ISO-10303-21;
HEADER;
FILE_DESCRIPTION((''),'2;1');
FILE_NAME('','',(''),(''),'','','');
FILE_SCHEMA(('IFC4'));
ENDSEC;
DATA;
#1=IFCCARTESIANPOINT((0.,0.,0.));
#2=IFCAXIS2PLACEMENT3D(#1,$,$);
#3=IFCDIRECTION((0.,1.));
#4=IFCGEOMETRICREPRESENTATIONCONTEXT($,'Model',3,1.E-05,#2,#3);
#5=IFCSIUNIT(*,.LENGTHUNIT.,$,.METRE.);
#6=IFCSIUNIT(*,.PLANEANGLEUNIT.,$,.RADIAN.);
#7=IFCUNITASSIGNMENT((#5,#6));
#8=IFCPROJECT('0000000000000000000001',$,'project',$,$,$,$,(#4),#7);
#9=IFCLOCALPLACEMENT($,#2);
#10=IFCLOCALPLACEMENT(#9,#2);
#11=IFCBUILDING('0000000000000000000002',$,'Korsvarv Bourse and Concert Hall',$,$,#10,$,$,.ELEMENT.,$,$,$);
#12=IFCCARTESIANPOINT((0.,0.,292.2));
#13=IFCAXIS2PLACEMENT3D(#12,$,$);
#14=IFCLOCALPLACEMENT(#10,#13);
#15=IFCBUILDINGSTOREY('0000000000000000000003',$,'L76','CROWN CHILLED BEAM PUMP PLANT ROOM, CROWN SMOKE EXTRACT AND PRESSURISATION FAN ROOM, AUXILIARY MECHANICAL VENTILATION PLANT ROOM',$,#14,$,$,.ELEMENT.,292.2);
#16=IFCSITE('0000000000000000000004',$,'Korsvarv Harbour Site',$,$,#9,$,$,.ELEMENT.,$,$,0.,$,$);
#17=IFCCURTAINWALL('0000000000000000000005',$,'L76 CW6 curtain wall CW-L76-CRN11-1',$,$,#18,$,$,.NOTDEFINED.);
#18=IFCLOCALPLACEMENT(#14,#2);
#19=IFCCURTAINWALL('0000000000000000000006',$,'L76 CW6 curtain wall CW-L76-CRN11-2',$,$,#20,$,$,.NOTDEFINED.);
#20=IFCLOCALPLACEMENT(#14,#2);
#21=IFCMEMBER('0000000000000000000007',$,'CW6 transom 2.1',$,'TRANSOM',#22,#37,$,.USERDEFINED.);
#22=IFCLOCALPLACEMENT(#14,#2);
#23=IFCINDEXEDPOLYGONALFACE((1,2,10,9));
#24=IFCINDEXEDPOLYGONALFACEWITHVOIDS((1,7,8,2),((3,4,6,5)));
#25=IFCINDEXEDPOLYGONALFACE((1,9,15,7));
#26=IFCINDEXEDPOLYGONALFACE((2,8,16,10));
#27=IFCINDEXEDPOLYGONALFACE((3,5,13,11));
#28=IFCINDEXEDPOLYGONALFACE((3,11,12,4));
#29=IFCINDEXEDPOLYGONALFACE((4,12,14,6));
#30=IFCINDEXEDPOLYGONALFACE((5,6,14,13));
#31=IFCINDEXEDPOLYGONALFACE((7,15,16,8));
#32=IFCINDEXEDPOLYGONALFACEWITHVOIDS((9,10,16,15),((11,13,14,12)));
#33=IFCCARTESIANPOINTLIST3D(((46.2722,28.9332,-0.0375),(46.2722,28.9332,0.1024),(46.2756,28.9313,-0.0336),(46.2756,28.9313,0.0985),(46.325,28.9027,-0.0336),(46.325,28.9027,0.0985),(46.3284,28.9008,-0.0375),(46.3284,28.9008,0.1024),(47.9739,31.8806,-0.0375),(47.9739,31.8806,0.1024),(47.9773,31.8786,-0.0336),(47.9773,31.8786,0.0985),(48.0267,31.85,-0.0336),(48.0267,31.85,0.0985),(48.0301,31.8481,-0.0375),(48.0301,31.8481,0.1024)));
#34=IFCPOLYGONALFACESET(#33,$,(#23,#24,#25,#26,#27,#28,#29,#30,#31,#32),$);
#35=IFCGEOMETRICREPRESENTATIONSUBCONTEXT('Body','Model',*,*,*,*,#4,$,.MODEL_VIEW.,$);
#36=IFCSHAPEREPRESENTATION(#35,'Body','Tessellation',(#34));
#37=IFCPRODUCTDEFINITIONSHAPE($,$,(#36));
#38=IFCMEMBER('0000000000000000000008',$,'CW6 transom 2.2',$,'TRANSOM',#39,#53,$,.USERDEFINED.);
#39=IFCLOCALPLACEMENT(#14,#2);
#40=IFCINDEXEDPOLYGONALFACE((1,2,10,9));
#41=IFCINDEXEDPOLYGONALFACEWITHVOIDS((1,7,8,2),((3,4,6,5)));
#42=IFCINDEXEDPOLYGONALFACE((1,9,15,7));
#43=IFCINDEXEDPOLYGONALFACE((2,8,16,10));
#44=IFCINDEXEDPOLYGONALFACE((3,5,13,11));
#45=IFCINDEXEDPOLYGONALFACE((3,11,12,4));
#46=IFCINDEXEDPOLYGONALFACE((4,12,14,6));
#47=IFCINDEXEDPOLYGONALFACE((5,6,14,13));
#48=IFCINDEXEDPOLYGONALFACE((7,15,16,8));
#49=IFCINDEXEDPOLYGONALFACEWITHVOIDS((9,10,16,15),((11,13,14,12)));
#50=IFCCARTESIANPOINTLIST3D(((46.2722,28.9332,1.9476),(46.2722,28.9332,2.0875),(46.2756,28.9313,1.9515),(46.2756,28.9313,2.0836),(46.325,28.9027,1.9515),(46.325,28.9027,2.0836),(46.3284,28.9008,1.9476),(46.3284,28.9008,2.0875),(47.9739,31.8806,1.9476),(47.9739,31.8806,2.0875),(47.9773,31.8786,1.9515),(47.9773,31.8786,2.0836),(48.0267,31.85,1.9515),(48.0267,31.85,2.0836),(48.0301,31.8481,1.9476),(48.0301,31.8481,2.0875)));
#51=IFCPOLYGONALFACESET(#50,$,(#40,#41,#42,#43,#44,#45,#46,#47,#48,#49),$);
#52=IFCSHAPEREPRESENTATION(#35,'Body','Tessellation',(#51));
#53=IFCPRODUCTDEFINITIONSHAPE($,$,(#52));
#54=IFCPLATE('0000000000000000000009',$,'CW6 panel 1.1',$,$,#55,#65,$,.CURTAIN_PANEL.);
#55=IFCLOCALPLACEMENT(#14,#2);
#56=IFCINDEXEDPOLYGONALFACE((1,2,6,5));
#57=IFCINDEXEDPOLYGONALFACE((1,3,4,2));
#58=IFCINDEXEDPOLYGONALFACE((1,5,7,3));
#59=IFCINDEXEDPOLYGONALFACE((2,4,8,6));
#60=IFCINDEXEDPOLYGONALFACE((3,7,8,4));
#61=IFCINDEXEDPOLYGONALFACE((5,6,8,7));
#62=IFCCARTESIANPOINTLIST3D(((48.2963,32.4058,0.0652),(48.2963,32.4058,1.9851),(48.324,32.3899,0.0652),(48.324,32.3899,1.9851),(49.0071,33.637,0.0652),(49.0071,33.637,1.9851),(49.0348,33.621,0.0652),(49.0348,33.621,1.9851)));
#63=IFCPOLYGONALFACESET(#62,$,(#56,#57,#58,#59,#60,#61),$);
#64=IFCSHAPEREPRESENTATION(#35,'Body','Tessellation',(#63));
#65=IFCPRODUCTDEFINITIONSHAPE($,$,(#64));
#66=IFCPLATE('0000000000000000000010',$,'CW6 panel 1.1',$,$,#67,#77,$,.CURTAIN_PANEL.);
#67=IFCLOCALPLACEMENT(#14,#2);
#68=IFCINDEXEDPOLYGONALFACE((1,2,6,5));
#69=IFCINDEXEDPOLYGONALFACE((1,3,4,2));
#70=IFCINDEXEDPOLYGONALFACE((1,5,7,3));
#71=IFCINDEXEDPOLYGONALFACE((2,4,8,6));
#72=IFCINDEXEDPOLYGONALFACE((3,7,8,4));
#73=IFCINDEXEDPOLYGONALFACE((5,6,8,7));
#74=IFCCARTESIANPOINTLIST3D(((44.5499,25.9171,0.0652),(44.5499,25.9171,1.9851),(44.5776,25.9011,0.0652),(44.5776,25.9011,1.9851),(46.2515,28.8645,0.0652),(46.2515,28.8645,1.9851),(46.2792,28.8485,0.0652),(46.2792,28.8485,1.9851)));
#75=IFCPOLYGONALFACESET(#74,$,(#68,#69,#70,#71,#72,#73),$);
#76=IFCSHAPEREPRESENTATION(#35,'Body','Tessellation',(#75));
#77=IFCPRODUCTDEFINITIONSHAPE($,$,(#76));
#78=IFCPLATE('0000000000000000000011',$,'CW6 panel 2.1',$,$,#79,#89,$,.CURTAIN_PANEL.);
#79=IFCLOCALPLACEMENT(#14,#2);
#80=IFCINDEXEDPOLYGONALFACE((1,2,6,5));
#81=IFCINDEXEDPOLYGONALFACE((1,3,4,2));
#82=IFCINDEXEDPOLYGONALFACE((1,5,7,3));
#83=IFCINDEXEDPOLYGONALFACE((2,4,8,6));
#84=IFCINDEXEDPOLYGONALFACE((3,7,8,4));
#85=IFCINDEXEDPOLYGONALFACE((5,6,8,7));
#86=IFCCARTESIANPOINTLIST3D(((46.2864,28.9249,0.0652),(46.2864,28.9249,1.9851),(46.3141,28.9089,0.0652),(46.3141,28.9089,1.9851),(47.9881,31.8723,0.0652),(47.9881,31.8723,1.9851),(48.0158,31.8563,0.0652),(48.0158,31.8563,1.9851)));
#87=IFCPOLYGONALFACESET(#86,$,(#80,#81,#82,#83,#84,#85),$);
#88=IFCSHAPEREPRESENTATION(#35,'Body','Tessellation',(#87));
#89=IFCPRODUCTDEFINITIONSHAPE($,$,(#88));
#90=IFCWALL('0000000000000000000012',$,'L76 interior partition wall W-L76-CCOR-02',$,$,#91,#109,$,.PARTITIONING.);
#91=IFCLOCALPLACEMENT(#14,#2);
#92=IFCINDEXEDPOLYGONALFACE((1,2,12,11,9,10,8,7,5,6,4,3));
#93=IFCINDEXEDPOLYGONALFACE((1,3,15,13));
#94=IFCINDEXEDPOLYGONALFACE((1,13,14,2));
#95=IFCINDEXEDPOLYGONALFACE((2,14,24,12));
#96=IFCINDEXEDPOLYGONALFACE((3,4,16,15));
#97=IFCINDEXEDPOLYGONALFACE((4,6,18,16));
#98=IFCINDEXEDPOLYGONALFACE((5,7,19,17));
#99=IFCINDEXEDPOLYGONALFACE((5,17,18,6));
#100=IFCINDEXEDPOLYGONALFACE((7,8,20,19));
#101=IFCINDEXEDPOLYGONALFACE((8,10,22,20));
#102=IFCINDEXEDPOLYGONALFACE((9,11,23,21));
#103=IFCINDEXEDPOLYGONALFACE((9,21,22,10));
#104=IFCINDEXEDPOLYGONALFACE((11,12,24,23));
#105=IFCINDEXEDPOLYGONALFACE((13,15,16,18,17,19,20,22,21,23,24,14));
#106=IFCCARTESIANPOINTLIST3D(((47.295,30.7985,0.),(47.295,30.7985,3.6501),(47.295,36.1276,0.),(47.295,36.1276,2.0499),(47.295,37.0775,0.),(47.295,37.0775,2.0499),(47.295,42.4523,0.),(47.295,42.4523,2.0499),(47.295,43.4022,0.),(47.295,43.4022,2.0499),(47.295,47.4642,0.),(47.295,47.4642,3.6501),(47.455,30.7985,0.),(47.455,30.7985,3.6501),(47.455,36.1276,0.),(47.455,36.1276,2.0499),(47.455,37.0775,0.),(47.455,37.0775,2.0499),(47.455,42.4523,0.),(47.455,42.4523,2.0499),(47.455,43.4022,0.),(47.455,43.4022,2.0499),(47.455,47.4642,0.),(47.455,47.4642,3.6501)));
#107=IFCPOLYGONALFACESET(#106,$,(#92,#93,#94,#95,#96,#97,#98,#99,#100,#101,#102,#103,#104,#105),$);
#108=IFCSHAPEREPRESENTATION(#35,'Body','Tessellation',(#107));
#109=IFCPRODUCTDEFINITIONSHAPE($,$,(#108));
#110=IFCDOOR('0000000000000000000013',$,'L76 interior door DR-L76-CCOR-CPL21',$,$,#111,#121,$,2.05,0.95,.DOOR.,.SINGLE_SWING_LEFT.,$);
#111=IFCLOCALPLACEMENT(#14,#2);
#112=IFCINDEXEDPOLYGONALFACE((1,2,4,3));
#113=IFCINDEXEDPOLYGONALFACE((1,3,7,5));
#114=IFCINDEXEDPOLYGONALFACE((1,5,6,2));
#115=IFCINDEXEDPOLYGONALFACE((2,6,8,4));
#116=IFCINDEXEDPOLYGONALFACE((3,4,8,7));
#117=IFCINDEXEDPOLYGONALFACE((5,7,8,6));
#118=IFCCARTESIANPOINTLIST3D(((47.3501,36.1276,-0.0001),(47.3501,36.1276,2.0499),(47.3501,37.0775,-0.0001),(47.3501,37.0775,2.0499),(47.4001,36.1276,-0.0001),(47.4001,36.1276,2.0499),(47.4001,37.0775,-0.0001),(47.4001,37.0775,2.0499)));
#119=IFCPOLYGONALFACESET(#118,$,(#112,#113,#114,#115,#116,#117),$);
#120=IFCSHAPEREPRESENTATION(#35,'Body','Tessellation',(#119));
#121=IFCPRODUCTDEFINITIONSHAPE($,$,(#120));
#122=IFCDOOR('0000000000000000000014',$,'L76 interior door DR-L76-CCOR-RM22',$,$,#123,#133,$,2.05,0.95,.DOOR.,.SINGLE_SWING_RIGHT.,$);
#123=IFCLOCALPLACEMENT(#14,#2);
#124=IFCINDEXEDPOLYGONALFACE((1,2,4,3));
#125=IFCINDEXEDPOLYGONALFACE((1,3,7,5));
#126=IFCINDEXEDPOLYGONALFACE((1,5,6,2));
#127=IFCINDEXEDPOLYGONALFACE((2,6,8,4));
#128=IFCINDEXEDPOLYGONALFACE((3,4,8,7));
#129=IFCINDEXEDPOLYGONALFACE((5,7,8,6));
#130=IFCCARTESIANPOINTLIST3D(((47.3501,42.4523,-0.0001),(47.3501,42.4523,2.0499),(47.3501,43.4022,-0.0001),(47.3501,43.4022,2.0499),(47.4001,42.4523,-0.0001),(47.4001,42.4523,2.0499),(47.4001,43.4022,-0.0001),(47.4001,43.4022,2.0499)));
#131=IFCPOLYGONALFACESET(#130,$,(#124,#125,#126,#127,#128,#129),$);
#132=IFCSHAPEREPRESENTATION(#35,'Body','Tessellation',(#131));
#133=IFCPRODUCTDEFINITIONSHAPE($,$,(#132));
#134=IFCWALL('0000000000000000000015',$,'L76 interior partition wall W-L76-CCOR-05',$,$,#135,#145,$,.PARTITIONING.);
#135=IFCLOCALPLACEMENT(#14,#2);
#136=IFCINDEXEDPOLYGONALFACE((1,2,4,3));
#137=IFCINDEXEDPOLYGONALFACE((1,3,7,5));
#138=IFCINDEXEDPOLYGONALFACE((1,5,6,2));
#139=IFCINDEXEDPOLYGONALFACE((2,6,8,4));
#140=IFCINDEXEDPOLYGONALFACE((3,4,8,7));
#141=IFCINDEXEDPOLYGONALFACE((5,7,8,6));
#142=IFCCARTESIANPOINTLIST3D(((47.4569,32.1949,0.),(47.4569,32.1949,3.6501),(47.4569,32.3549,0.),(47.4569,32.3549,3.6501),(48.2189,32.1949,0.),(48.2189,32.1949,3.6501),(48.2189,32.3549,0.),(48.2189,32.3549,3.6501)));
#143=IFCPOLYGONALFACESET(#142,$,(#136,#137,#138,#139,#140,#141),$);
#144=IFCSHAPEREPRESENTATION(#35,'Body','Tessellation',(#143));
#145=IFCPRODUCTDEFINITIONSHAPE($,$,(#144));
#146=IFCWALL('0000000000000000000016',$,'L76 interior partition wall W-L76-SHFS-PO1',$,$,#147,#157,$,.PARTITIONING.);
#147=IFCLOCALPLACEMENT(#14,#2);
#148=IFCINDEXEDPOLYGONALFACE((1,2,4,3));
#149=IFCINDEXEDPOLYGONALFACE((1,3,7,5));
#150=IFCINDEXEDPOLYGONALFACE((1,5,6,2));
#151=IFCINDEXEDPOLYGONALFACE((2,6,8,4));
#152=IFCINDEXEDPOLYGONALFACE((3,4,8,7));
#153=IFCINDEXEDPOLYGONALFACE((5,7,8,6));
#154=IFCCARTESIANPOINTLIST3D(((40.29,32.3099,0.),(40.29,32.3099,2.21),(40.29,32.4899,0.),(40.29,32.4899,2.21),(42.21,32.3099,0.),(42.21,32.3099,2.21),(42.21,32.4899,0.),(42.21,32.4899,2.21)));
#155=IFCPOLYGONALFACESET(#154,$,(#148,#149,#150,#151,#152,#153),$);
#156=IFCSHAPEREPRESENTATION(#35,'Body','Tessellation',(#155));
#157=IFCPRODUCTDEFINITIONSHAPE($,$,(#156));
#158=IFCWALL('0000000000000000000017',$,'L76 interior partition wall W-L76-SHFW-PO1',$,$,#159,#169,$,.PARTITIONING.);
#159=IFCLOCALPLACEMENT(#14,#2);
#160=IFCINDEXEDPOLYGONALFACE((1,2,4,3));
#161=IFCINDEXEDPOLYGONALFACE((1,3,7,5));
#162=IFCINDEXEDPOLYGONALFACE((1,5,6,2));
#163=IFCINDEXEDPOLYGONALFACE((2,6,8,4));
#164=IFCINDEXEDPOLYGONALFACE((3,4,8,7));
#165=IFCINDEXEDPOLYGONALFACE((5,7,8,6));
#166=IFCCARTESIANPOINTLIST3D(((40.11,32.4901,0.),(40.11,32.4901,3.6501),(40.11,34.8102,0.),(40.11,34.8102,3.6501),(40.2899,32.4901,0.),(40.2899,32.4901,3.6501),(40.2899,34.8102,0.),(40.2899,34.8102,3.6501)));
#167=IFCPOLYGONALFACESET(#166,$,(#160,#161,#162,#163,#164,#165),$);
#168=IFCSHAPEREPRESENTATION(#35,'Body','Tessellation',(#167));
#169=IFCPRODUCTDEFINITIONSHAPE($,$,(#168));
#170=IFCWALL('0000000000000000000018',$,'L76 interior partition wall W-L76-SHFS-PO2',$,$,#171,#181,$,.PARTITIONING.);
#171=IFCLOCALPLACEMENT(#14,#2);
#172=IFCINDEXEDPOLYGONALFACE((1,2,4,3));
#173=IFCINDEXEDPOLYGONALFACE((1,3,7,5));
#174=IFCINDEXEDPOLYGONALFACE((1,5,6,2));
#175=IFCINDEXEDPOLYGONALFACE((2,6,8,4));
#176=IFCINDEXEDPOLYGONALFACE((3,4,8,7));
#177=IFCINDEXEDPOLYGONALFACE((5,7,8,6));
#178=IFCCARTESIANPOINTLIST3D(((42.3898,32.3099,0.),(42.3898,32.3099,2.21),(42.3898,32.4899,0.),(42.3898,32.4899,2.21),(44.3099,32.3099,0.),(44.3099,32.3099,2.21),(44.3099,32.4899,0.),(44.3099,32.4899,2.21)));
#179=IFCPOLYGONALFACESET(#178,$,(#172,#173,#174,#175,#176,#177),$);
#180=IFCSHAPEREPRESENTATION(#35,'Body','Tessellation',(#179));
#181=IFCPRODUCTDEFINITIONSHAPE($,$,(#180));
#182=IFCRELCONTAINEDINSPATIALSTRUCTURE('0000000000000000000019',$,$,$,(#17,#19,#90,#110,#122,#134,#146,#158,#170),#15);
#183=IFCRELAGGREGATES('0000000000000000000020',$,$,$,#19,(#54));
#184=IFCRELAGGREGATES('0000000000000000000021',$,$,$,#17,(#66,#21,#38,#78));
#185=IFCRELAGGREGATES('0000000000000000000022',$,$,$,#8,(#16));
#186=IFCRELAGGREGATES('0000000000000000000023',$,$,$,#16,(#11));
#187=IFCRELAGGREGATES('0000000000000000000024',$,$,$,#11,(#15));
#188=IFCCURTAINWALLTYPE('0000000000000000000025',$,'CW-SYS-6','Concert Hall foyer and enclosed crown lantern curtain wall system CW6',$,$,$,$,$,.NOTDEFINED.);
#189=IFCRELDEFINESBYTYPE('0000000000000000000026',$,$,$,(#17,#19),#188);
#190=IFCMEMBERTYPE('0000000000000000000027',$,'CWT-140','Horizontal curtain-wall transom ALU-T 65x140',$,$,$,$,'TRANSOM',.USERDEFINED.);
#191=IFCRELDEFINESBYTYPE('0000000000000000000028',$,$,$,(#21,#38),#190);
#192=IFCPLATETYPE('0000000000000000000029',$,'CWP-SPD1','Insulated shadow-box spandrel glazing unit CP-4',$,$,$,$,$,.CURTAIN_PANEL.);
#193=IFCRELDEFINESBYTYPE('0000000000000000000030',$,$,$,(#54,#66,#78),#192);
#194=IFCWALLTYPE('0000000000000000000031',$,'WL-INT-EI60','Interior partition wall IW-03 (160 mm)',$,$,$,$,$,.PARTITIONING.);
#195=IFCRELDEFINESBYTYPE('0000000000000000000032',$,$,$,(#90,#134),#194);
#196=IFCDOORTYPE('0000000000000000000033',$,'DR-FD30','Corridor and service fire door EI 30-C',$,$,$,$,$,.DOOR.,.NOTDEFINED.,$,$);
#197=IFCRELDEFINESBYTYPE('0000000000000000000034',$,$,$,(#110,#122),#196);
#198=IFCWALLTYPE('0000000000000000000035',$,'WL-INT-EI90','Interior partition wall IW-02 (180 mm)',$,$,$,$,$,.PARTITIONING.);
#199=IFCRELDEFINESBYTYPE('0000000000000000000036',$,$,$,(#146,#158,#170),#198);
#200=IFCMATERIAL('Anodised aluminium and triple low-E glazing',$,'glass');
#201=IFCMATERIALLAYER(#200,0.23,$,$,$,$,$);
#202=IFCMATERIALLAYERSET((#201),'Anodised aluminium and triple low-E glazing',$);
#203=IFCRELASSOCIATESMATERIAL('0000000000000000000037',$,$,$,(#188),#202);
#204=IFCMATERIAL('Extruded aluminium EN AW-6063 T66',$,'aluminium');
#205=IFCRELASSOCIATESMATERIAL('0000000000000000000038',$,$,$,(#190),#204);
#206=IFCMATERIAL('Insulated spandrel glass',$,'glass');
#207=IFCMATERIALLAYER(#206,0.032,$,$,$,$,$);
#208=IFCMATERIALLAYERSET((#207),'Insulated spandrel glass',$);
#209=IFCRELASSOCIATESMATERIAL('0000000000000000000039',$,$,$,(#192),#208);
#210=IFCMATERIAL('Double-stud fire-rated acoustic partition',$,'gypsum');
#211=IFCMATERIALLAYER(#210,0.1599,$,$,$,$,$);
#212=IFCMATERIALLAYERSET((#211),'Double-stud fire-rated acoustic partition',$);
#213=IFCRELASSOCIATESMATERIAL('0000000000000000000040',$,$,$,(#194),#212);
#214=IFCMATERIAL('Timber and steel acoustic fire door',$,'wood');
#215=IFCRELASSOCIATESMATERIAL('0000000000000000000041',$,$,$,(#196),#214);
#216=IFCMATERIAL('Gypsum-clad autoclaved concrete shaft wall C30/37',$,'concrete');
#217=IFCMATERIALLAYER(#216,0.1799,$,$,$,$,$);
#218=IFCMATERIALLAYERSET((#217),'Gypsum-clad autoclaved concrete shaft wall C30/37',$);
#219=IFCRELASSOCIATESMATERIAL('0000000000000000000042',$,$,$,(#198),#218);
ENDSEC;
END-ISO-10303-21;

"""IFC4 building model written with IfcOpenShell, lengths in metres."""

from ifc_helpers import new_model, si_unit, direction, frame, frame_2d, origin, origin_2d, place, context, subcontext, project, spatial, rectangle, hollow_rectangle, extrude, source, transform, mapped, material, layer, layer_set, material_profile, profile_set, type_object, element, fill, aggregate, save


model = new_model("IFC4")

# Units and contexts
model_context = context("Model", 3, precision=1e-05, world=origin(), true_north=direction((0.0, 1.0)))
body_context = subcontext(model_context, "Body", "Model", "MODEL_VIEW")
ifc_project = project(units=[si_unit("LENGTHUNIT", "METRE"), si_unit("PLANEANGLEUNIT", "RADIAN")], contexts=[model_context])

# Site, building, storey
site_placement = place(None, origin())
site = spatial("IfcSite", under=ifc_project, at=site_placement, Name="Korsvarv Harbour Site", CompositionType="ELEMENT", RefElevation=0.0)
building_placement = place(site_placement, origin())
building = spatial("IfcBuilding", under=site, at=building_placement, Name="Korsvarv Bourse and Concert Hall", CompositionType="ELEMENT")
storey_placement = place(building_placement, frame((0.0, 0.0, 292.2)))
storey = spatial("IfcBuildingStorey", under=building, at=storey_placement, Name="L76", Description="CROWN CHILLED BEAM PUMP PLANT ROOM, CROWN SMOKE EXTRACT AND PRESSURISATION FAN ROOM, AUXILIARY MECHANICAL VENTILATION PLANT ROOM", CompositionType="ELEMENT", Elevation=292.2)

# Curtain walls
ifc_material_1 = material(Name="Anodised aluminium and triple low-E glazing", Category="glass")
ifc_layer_1 = layer(ifc_material_1, 0.23)
ifc_layer_set_1 = layer_set([ifc_layer_1], Name="Anodised aluminium and triple low-E glazing")
curtain_wall_type = type_object("IfcCurtainWallType", Name="CW-SYS-6", Description="Concert Hall foyer and enclosed crown lantern curtain wall system CW6", PredefinedType="NOTDEFINED", material=ifc_layer_set_1)
curtain_wall_1_placement = place(storey_placement, origin())
curtain_wall_1 = element("IfcCurtainWall", 1, at=curtain_wall_1_placement, inside=storey, type_object=curtain_wall_type, Name="L76 CW6 curtain wall CW-L76-CRN11-1", PredefinedType="NOTDEFINED")
ifc_material_2 = material(Name="Extruded aluminium EN AW-6063 T66", Category="aluminium")
curtain_wall_2_placement = place(storey_placement, origin())
curtain_wall_2 = element("IfcCurtainWall", 2, at=curtain_wall_2_placement, inside=storey, type_object=curtain_wall_type, Name="L76 CW6 curtain wall CW-L76-CRN11-2", PredefinedType="NOTDEFINED")
ifc_material_profile_1 = material_profile(ifc_material_2, hollow_rectangle(XDim=0.0649, YDim=0.1399, WallThickness=0.0039, at=origin_2d()), Name="ALU-T 65x140")
ifc_profile_set_1 = profile_set([ifc_material_profile_1], Name="Extruded aluminium EN AW-6063 T66")
member_type_1 = type_object("IfcMemberType", Name="CWT-140", Description="Horizontal curtain-wall transom ALU-T 65x140", ElementType="TRANSOM", PredefinedType="USERDEFINED", material=ifc_profile_set_1)

# Members
shared_shape_1 = source(origin(), body_context, "Body", "SweptSolid", [
    extrude(hollow_rectangle(XDim=0.0649, YDim=0.1399, WallThickness=0.0039, at=origin_2d()), origin(), (0.0, 0.0, 1.0), 3.4033),
])
member_1_placement = place(storey_placement, frame((46.3003, 28.917, 0.0325), z_axis=(0.500012, 0.866018, 0.0), x_axis=(-0.866018, 0.500012, 0.0)))
member_1 = element("IfcMember", 3, at=member_1_placement, type_object=member_type_1, Name="CW6 transom 2.1", ObjectType="TRANSOM", PredefinedType="USERDEFINED", context=body_context, shape_type="MappedRepresentation", body=[
    mapped(shared_shape_1, transform((0.0, 0.0, 0.0), scale=1.0)),
])
member_2_placement = place(storey_placement, frame((46.3003, 28.917, 2.0176), z_axis=(0.500012, 0.866018, 0.0), x_axis=(-0.866018, 0.500012, 0.0)))
member_2 = element("IfcMember", 4, at=member_2_placement, type_object=member_type_1, Name="CW6 transom 2.2", ObjectType="TRANSOM", PredefinedType="USERDEFINED", context=body_context, shape_type="MappedRepresentation", body=[
    mapped(shared_shape_1, transform((0.0, 0.0, 0.0), scale=1.0)),
])

# Plates
ifc_material_3 = material(Name="Insulated spandrel glass", Category="glass")
ifc_layer_2 = layer(ifc_material_3, 0.032)
ifc_layer_set_2 = layer_set([ifc_layer_2], Name="Insulated spandrel glass")
plate_type = type_object("IfcPlateType", Name="CWP-SPD1", Description="Insulated shadow-box spandrel glazing unit CP-4", PredefinedType="CURTAIN_PANEL", material=ifc_layer_set_2)
shared_shape_2 = source(origin(), body_context, "Body", "SweptSolid", [
    extrude(rectangle(XDim=1.4216, YDim=0.032, at=origin_2d()), origin(), (0.0, 0.0, 1.0), 1.9199),
])
plate_1_placement = place(storey_placement, frame((48.6655, 33.0134, 0.0652), z_axis=(0.0, 0.0, 1.0), x_axis=(0.500016, 0.866016, 0.0)))
plate_1 = element("IfcPlate", 5, at=plate_1_placement, type_object=plate_type, Name="CW6 panel 1.1", PredefinedType="CURTAIN_PANEL", context=body_context, shape_type="MappedRepresentation", body=[
    mapped(shared_shape_2, transform((0.0, 0.0, 0.0), scale=1.0)),
])
aggregate(curtain_wall_2, [plate_1])
shared_shape_3 = source(origin(), body_context, "Body", "SweptSolid", [
    extrude(rectangle(XDim=3.4033, YDim=0.032, at=origin_2d()), origin(), (0.0, 0.0, 1.0), 1.9199),
])
plate_2_placement = place(storey_placement, frame((45.4146, 27.3828, 0.0652), z_axis=(0.0, 0.0, 1.0), x_axis=(0.499997, 0.866027, 0.0)))
plate_2 = element("IfcPlate", 6, at=plate_2_placement, type_object=plate_type, Name="CW6 panel 1.1", PredefinedType="CURTAIN_PANEL", context=body_context, shape_type="MappedRepresentation", body=[
    mapped(shared_shape_3, transform((0.0, 0.0, 0.0), scale=1.0)),
])
plate_3_placement = place(storey_placement, frame((47.1511, 30.3906, 0.0652), z_axis=(0.0, 0.0, 1.0), x_axis=(0.499997, 0.866027, 0.0)))
plate_3 = element("IfcPlate", 7, at=plate_3_placement, type_object=plate_type, Name="CW6 panel 2.1", PredefinedType="CURTAIN_PANEL", context=body_context, shape_type="MappedRepresentation", body=[
    mapped(shared_shape_3, transform((0.0, 0.0, 0.0), scale=1.0)),
])
aggregate(curtain_wall_1, [plate_2, member_1, member_2, plate_3])

# Wall, openings, doors
ifc_material_4 = material(Name="Double-stud fire-rated acoustic partition", Category="gypsum")
ifc_layer_3 = layer(ifc_material_4, 0.1599)
ifc_layer_set_3 = layer_set([ifc_layer_3], Name="Double-stud fire-rated acoustic partition")
wall_type_1 = type_object("IfcWallType", Name="WL-INT-EI60", Description="Interior partition wall IW-03 (160 mm)", PredefinedType="PARTITIONING", material=ifc_layer_set_3)
wall_1_placement = place(storey_placement, frame((47.375, 30.7983, 0.0), z_axis=(0.0, 0.0, 1.0), x_axis=(0.0, 1.0, 0.0)))
wall_1 = element("IfcWall", 8, at=wall_1_placement, inside=storey, type_object=wall_type_1, Name="L76 interior partition wall W-L76-CCOR-02", PredefinedType="PARTITIONING", context=body_context, shape_type="SweptSolid", body=[
    extrude(rectangle(XDim=16.6658, YDim=0.1599, at=frame_2d((8.333, 0.0))), origin(), (0.0, 0.0, 1.0), 3.6501),
])
opening_1_placement = place(wall_1_placement, frame((5.3291, 0.0, 0.0)))
opening_1 = element("IfcOpeningElement", 9, at=opening_1_placement, cuts=wall_1, PredefinedType="OPENING", context=body_context, shape_type="SweptSolid", body=[
    extrude(rectangle(XDim=0.95, YDim=2.05, at=frame_2d((0.4751, 1.0249))), frame((0.0, 0.0898, 0.0), z_axis=(0.0, -1.0, 0.0), x_axis=(1.0, 0.0, 0.0)), (0.0, 0.0, 1.0), 0.1799),
])
opening_2_placement = place(wall_1_placement, frame((11.6538, 0.0, 0.0)))
opening_2 = element("IfcOpeningElement", 10, at=opening_2_placement, cuts=wall_1, PredefinedType="OPENING", context=body_context, shape_type="SweptSolid", body=[
    extrude(rectangle(XDim=0.95, YDim=2.05, at=frame_2d((0.4751, 1.0249))), frame((0.0, 0.0898, 0.0), z_axis=(0.0, -1.0, 0.0), x_axis=(1.0, 0.0, 0.0)), (0.0, 0.0, 1.0), 0.1799),
])
ifc_material_5 = material(Name="Timber and steel acoustic fire door", Category="wood")
door_type = type_object("IfcDoorType", Name="DR-FD30", Description="Corridor and service fire door EI 30-C", OperationType="NOTDEFINED", PredefinedType="DOOR", material=ifc_material_5)
door_1_placement = place(opening_1_placement, origin())
door_1 = element("IfcDoor", 11, at=door_1_placement, inside=storey, type_object=door_type, Name="L76 interior door DR-L76-CCOR-CPL21", OperationType="SINGLE_SWING_LEFT", OverallHeight=2.05, OverallWidth=0.95, PredefinedType="DOOR", context=body_context, shape_type="SweptSolid", body=[
    extrude(rectangle(XDim=0.95, YDim=2.05, at=frame_2d((0.4751, 1.0249))), frame((0.0, 0.0249, 0.0), z_axis=(0.0, -1.0, 0.0), x_axis=(1.0, 0.0, 0.0)), (0.0, 0.0, 1.0), 0.05),
])
fill(opening_1, door_1)
door_2_placement = place(opening_2_placement, origin())
door_2 = element("IfcDoor", 12, at=door_2_placement, inside=storey, type_object=door_type, Name="L76 interior door DR-L76-CCOR-RM22", OperationType="SINGLE_SWING_RIGHT", OverallHeight=2.05, OverallWidth=0.95, PredefinedType="DOOR", context=body_context, shape_type="SweptSolid", body=[
    extrude(rectangle(XDim=0.95, YDim=2.05, at=frame_2d((0.4751, 1.0249))), frame((0.0, 0.0249, 0.0), z_axis=(0.0, -1.0, 0.0), x_axis=(1.0, 0.0, 0.0)), (0.0, 0.0, 1.0), 0.05),
])
fill(opening_2, door_2)

# Walls
wall_2_placement = place(storey_placement, frame((47.457, 32.2749, 0.0), z_axis=(0.0, 0.0, 1.0), x_axis=(1.0, 0.0, 0.0)))
element("IfcWall", 13, at=wall_2_placement, inside=storey, type_object=wall_type_1, Name="L76 interior partition wall W-L76-CCOR-05", PredefinedType="PARTITIONING", context=body_context, shape_type="SweptSolid", body=[
    extrude(rectangle(XDim=0.762, YDim=0.1599, at=frame_2d((0.3809, 0.0))), origin(), (0.0, 0.0, 1.0), 3.6501),
])
ifc_material_6 = material(Name="Gypsum-clad autoclaved concrete shaft wall C30/37", Category="concrete")
ifc_layer_4 = layer(ifc_material_6, 0.1799)
ifc_layer_set_4 = layer_set([ifc_layer_4], Name="Gypsum-clad autoclaved concrete shaft wall C30/37")
wall_type_2 = type_object("IfcWallType", Name="WL-INT-EI90", Description="Interior partition wall IW-02 (180 mm)", PredefinedType="PARTITIONING", material=ifc_layer_set_4)
wall_3_placement = place(storey_placement, frame((40.29, 32.3999, 0.0), z_axis=(0.0, 0.0, 1.0), x_axis=(1.0, 0.0, 0.0)))
element("IfcWall", 14, at=wall_3_placement, inside=storey, type_object=wall_type_2, Name="L76 interior partition wall W-L76-SHFS-PO1", PredefinedType="PARTITIONING", context=body_context, shape_type="SweptSolid", body=[
    extrude(rectangle(XDim=1.9199, YDim=0.1799, at=frame_2d((0.96, 0.0))), origin(), (0.0, 0.0, 1.0), 2.21),
])
wall_4_placement = place(storey_placement, frame((40.2, 32.49, 0.0), z_axis=(0.0, 0.0, 1.0), x_axis=(0.0, 1.0, 0.0)))
element("IfcWall", 15, at=wall_4_placement, inside=storey, type_object=wall_type_2, Name="L76 interior partition wall W-L76-SHFW-PO1", PredefinedType="PARTITIONING", context=body_context, shape_type="SweptSolid", body=[
    extrude(rectangle(XDim=2.3201, YDim=0.1799, at=frame_2d((1.1602, 0.0))), origin(), (0.0, 0.0, 1.0), 3.6501),
])
wall_5_placement = place(storey_placement, frame((42.3899, 32.3999, 0.0), z_axis=(0.0, 0.0, 1.0), x_axis=(1.0, 0.0, 0.0)))
element("IfcWall", 16, at=wall_5_placement, inside=storey, type_object=wall_type_2, Name="L76 interior partition wall W-L76-SHFS-PO2", PredefinedType="PARTITIONING", context=body_context, shape_type="SweptSolid", body=[
    extrude(rectangle(XDim=1.9202, YDim=0.1799, at=frame_2d((0.96, 0.0))), origin(), (0.0, 0.0, 1.0), 2.21),
])

save(model, "model.ifc")
